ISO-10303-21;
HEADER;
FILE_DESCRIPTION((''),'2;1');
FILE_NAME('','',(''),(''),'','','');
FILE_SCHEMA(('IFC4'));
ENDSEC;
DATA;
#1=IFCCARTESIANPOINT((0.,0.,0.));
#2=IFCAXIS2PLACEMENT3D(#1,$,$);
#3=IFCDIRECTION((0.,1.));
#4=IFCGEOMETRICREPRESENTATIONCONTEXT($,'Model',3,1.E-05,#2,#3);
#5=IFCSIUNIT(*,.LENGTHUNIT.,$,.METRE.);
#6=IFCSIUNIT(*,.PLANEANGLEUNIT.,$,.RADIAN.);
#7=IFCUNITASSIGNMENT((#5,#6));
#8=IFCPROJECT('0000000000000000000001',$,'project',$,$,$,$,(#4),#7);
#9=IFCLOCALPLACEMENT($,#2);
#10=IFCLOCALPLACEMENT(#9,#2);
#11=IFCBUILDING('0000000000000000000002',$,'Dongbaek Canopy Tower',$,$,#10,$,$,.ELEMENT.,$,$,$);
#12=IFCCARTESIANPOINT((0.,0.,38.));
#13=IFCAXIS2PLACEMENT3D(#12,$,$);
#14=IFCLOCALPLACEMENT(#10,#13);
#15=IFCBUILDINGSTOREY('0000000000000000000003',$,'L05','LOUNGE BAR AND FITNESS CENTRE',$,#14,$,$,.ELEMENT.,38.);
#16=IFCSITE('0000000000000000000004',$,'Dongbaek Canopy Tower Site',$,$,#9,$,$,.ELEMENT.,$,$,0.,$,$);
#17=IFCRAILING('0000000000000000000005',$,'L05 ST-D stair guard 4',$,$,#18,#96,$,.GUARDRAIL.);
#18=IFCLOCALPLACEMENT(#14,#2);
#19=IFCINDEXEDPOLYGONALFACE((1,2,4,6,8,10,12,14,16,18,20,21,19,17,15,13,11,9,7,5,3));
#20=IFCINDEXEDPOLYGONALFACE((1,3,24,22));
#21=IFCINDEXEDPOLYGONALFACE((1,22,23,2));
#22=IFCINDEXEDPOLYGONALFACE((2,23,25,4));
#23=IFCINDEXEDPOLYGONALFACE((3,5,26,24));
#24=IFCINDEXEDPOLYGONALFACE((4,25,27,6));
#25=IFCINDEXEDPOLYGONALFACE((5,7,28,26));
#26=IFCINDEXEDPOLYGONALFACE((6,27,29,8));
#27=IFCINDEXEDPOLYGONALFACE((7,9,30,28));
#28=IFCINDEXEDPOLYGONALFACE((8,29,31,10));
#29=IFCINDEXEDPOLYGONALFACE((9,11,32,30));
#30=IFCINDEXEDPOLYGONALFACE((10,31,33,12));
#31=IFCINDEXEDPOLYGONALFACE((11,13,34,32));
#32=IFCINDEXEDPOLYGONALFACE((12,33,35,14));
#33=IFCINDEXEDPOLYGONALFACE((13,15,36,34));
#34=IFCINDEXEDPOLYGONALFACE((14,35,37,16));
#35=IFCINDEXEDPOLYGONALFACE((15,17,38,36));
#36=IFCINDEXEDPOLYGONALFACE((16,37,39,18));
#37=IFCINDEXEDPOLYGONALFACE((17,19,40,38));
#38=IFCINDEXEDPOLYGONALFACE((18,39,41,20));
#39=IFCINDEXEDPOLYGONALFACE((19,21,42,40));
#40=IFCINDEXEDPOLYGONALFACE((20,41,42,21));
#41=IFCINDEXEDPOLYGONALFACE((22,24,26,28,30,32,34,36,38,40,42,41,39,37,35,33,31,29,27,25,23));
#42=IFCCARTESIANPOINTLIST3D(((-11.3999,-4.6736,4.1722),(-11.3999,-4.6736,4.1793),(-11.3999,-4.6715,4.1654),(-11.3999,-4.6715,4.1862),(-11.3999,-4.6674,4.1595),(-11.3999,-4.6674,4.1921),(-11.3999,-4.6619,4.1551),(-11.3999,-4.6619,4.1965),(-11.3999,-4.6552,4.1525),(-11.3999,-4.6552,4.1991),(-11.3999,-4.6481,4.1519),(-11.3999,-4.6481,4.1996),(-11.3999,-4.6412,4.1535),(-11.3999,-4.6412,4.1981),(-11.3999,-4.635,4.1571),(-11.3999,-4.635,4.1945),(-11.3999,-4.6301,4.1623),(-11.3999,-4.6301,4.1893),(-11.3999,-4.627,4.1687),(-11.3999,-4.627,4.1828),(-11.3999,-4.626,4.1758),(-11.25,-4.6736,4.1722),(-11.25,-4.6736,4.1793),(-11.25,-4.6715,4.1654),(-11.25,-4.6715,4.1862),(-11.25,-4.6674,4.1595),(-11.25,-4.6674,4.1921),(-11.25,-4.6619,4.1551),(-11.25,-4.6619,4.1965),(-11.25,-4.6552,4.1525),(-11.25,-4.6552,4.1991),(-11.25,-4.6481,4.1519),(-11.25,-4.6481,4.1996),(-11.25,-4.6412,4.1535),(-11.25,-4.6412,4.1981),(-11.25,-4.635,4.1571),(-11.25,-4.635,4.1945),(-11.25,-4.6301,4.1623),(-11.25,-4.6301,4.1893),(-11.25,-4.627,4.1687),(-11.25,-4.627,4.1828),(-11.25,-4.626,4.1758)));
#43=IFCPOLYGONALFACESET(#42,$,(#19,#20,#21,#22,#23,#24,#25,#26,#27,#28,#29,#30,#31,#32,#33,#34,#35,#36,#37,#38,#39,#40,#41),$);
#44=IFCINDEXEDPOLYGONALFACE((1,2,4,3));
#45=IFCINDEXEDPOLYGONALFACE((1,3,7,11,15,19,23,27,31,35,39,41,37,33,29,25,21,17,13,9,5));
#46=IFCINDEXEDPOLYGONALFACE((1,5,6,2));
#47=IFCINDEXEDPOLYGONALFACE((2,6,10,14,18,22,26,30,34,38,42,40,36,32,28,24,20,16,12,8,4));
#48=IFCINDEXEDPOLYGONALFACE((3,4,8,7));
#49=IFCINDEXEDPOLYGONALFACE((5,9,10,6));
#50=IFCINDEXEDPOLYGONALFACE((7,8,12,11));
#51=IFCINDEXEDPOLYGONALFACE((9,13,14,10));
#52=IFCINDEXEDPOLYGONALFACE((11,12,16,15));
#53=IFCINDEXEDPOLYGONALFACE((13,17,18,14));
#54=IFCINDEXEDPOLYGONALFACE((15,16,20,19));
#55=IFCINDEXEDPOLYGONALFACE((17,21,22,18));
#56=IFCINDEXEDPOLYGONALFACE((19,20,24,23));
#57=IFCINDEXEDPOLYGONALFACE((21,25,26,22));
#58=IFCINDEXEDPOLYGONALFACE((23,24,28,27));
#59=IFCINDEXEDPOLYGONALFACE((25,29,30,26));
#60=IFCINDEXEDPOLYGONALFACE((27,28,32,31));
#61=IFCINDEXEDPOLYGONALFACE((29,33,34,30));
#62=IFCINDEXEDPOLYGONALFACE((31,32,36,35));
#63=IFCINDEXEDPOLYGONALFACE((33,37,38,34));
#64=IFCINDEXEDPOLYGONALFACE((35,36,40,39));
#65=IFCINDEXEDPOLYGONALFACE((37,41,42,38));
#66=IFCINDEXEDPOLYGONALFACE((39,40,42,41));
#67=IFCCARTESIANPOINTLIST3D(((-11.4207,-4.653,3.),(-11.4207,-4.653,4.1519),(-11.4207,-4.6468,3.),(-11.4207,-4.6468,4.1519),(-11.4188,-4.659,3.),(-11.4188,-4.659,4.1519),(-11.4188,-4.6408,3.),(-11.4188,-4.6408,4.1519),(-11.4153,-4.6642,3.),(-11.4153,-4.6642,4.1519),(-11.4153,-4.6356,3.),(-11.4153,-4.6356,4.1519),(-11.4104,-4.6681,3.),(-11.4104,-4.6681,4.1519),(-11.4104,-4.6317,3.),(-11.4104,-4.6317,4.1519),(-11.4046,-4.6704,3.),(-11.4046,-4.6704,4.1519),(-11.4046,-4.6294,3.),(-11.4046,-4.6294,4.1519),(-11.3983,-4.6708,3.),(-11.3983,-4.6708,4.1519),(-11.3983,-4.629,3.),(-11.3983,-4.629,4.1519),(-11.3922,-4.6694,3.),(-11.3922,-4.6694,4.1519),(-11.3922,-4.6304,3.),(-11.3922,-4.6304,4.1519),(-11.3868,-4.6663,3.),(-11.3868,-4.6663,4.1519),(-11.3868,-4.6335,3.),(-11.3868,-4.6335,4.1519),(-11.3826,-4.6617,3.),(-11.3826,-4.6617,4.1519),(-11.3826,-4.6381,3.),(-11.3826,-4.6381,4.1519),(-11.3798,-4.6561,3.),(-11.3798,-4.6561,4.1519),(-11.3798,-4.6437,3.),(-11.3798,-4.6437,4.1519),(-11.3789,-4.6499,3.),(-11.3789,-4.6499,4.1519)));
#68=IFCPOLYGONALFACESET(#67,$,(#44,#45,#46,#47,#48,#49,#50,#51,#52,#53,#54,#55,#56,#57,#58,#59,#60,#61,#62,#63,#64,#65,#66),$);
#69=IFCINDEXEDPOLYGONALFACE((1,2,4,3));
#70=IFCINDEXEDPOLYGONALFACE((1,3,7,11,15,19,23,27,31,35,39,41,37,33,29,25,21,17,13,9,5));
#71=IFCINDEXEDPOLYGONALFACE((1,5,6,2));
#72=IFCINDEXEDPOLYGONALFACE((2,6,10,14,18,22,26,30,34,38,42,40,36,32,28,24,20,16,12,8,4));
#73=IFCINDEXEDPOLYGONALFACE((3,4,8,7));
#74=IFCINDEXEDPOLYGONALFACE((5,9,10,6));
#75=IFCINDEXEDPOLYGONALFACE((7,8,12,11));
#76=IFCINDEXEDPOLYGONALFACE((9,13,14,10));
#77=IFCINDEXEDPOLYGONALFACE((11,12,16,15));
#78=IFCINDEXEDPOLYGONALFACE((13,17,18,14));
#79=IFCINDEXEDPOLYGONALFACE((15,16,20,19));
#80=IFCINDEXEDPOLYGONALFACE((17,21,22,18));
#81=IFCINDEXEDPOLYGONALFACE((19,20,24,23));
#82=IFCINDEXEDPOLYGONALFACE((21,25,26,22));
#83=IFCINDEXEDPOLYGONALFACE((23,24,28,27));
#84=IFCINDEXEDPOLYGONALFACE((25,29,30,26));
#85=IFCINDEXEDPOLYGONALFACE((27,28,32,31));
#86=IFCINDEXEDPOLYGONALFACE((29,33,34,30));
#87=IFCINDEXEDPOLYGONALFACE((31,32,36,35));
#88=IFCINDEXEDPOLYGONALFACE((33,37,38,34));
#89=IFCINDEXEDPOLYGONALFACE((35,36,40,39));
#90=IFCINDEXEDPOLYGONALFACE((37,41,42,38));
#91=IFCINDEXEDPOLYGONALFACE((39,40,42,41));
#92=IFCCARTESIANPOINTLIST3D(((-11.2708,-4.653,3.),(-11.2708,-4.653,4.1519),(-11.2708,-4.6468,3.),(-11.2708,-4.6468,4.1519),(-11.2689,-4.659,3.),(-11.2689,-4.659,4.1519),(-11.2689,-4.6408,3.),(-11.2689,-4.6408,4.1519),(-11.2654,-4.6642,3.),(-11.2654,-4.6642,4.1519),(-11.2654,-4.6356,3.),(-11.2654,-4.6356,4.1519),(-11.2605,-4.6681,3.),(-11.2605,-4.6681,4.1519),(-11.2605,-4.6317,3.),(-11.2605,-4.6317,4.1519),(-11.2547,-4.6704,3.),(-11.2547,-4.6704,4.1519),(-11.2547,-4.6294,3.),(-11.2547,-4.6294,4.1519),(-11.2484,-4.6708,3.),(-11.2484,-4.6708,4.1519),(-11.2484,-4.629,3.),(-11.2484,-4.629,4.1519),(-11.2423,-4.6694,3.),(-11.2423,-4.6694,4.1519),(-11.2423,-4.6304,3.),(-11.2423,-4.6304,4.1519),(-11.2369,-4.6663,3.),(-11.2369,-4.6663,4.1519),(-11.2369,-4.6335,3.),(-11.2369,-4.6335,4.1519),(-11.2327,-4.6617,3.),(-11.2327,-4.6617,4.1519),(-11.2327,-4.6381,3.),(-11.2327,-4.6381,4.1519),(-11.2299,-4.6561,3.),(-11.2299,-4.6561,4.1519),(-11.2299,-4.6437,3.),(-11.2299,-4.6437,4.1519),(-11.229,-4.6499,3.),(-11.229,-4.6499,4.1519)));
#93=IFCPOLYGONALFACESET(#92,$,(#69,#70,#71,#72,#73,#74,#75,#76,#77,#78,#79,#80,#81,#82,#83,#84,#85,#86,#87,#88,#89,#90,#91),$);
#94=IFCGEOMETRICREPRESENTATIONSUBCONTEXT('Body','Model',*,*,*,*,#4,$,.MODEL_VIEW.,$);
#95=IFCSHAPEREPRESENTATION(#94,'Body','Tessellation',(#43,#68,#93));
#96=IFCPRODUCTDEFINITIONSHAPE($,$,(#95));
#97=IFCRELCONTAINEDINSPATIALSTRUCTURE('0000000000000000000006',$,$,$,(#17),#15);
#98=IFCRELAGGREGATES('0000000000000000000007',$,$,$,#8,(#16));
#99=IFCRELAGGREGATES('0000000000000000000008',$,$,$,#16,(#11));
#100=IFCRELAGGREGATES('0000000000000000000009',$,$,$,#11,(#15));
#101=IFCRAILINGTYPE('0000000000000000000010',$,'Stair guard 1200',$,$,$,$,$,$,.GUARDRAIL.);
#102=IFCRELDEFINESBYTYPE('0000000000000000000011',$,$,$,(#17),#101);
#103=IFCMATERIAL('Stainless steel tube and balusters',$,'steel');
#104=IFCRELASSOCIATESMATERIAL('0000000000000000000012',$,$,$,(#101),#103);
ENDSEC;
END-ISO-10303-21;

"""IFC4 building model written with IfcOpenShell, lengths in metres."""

from ifc_helpers import new_model, si_unit, direction, frame, origin, origin_2d, place, context, subcontext, project, spatial, circle, extrude, material, type_object, element, save


model = new_model("IFC4")

# Units and contexts
model_context = context("Model", 3, precision=1e-05, world=origin(), true_north=direction((0.0, 1.0)))
body_context = subcontext(model_context, "Body", "Model", "MODEL_VIEW")
ifc_project = project(units=[si_unit("LENGTHUNIT", "METRE"), si_unit("PLANEANGLEUNIT", "RADIAN")], contexts=[model_context])

# Site, building, storey
site_placement = place(None, origin())
site = spatial("IfcSite", under=ifc_project, at=site_placement, Name="Dongbaek Canopy Tower Site", CompositionType="ELEMENT", RefElevation=0.0)
building_placement = place(site_placement, origin())
building = spatial("IfcBuilding", under=site, at=building_placement, Name="Dongbaek Canopy Tower", CompositionType="ELEMENT")
storey_placement = place(building_placement, frame((0.0, 0.0, 38.0)))
storey = spatial("IfcBuildingStorey", under=building, at=storey_placement, Name="L05", Description="LOUNGE BAR AND FITNESS CENTRE", CompositionType="ELEMENT", Elevation=38.0)

# Railing
ifc_material_1 = material(Name="Stainless steel tube and balusters", Category="steel")
railing_type_1 = type_object("IfcRailingType", Name="Stair guard 1200", PredefinedType="GUARDRAIL", material=ifc_material_1)
railing_1_placement = place(storey_placement, frame((-11.3999, -4.6499, 3.0)))
element("IfcRailing", 1, at=railing_1_placement, inside=storey, type_object=railing_type_1, Name="L05 ST-D stair guard 4", PredefinedType="GUARDRAIL", context=body_context, shape_type="SweptSolid", body=[
    extrude(circle(Radius=0.0239, at=origin_2d()), frame((0.0, 0.0, 1.1758), z_axis=(1.0, 0.0, 0.0), x_axis=(0.0, 1.0, 0.0)), (0.0, 0.0, 1.0), 0.1499),
    extrude(circle(Radius=0.021, at=origin_2d()), origin(), (0.0, 0.0, 1.0), 1.1519),
    extrude(circle(Radius=0.021, at=origin_2d()), frame((0.1499, 0.0, 0.0)), (0.0, 0.0, 1.0), 1.1519),
])

save(model, "model.ifc")
